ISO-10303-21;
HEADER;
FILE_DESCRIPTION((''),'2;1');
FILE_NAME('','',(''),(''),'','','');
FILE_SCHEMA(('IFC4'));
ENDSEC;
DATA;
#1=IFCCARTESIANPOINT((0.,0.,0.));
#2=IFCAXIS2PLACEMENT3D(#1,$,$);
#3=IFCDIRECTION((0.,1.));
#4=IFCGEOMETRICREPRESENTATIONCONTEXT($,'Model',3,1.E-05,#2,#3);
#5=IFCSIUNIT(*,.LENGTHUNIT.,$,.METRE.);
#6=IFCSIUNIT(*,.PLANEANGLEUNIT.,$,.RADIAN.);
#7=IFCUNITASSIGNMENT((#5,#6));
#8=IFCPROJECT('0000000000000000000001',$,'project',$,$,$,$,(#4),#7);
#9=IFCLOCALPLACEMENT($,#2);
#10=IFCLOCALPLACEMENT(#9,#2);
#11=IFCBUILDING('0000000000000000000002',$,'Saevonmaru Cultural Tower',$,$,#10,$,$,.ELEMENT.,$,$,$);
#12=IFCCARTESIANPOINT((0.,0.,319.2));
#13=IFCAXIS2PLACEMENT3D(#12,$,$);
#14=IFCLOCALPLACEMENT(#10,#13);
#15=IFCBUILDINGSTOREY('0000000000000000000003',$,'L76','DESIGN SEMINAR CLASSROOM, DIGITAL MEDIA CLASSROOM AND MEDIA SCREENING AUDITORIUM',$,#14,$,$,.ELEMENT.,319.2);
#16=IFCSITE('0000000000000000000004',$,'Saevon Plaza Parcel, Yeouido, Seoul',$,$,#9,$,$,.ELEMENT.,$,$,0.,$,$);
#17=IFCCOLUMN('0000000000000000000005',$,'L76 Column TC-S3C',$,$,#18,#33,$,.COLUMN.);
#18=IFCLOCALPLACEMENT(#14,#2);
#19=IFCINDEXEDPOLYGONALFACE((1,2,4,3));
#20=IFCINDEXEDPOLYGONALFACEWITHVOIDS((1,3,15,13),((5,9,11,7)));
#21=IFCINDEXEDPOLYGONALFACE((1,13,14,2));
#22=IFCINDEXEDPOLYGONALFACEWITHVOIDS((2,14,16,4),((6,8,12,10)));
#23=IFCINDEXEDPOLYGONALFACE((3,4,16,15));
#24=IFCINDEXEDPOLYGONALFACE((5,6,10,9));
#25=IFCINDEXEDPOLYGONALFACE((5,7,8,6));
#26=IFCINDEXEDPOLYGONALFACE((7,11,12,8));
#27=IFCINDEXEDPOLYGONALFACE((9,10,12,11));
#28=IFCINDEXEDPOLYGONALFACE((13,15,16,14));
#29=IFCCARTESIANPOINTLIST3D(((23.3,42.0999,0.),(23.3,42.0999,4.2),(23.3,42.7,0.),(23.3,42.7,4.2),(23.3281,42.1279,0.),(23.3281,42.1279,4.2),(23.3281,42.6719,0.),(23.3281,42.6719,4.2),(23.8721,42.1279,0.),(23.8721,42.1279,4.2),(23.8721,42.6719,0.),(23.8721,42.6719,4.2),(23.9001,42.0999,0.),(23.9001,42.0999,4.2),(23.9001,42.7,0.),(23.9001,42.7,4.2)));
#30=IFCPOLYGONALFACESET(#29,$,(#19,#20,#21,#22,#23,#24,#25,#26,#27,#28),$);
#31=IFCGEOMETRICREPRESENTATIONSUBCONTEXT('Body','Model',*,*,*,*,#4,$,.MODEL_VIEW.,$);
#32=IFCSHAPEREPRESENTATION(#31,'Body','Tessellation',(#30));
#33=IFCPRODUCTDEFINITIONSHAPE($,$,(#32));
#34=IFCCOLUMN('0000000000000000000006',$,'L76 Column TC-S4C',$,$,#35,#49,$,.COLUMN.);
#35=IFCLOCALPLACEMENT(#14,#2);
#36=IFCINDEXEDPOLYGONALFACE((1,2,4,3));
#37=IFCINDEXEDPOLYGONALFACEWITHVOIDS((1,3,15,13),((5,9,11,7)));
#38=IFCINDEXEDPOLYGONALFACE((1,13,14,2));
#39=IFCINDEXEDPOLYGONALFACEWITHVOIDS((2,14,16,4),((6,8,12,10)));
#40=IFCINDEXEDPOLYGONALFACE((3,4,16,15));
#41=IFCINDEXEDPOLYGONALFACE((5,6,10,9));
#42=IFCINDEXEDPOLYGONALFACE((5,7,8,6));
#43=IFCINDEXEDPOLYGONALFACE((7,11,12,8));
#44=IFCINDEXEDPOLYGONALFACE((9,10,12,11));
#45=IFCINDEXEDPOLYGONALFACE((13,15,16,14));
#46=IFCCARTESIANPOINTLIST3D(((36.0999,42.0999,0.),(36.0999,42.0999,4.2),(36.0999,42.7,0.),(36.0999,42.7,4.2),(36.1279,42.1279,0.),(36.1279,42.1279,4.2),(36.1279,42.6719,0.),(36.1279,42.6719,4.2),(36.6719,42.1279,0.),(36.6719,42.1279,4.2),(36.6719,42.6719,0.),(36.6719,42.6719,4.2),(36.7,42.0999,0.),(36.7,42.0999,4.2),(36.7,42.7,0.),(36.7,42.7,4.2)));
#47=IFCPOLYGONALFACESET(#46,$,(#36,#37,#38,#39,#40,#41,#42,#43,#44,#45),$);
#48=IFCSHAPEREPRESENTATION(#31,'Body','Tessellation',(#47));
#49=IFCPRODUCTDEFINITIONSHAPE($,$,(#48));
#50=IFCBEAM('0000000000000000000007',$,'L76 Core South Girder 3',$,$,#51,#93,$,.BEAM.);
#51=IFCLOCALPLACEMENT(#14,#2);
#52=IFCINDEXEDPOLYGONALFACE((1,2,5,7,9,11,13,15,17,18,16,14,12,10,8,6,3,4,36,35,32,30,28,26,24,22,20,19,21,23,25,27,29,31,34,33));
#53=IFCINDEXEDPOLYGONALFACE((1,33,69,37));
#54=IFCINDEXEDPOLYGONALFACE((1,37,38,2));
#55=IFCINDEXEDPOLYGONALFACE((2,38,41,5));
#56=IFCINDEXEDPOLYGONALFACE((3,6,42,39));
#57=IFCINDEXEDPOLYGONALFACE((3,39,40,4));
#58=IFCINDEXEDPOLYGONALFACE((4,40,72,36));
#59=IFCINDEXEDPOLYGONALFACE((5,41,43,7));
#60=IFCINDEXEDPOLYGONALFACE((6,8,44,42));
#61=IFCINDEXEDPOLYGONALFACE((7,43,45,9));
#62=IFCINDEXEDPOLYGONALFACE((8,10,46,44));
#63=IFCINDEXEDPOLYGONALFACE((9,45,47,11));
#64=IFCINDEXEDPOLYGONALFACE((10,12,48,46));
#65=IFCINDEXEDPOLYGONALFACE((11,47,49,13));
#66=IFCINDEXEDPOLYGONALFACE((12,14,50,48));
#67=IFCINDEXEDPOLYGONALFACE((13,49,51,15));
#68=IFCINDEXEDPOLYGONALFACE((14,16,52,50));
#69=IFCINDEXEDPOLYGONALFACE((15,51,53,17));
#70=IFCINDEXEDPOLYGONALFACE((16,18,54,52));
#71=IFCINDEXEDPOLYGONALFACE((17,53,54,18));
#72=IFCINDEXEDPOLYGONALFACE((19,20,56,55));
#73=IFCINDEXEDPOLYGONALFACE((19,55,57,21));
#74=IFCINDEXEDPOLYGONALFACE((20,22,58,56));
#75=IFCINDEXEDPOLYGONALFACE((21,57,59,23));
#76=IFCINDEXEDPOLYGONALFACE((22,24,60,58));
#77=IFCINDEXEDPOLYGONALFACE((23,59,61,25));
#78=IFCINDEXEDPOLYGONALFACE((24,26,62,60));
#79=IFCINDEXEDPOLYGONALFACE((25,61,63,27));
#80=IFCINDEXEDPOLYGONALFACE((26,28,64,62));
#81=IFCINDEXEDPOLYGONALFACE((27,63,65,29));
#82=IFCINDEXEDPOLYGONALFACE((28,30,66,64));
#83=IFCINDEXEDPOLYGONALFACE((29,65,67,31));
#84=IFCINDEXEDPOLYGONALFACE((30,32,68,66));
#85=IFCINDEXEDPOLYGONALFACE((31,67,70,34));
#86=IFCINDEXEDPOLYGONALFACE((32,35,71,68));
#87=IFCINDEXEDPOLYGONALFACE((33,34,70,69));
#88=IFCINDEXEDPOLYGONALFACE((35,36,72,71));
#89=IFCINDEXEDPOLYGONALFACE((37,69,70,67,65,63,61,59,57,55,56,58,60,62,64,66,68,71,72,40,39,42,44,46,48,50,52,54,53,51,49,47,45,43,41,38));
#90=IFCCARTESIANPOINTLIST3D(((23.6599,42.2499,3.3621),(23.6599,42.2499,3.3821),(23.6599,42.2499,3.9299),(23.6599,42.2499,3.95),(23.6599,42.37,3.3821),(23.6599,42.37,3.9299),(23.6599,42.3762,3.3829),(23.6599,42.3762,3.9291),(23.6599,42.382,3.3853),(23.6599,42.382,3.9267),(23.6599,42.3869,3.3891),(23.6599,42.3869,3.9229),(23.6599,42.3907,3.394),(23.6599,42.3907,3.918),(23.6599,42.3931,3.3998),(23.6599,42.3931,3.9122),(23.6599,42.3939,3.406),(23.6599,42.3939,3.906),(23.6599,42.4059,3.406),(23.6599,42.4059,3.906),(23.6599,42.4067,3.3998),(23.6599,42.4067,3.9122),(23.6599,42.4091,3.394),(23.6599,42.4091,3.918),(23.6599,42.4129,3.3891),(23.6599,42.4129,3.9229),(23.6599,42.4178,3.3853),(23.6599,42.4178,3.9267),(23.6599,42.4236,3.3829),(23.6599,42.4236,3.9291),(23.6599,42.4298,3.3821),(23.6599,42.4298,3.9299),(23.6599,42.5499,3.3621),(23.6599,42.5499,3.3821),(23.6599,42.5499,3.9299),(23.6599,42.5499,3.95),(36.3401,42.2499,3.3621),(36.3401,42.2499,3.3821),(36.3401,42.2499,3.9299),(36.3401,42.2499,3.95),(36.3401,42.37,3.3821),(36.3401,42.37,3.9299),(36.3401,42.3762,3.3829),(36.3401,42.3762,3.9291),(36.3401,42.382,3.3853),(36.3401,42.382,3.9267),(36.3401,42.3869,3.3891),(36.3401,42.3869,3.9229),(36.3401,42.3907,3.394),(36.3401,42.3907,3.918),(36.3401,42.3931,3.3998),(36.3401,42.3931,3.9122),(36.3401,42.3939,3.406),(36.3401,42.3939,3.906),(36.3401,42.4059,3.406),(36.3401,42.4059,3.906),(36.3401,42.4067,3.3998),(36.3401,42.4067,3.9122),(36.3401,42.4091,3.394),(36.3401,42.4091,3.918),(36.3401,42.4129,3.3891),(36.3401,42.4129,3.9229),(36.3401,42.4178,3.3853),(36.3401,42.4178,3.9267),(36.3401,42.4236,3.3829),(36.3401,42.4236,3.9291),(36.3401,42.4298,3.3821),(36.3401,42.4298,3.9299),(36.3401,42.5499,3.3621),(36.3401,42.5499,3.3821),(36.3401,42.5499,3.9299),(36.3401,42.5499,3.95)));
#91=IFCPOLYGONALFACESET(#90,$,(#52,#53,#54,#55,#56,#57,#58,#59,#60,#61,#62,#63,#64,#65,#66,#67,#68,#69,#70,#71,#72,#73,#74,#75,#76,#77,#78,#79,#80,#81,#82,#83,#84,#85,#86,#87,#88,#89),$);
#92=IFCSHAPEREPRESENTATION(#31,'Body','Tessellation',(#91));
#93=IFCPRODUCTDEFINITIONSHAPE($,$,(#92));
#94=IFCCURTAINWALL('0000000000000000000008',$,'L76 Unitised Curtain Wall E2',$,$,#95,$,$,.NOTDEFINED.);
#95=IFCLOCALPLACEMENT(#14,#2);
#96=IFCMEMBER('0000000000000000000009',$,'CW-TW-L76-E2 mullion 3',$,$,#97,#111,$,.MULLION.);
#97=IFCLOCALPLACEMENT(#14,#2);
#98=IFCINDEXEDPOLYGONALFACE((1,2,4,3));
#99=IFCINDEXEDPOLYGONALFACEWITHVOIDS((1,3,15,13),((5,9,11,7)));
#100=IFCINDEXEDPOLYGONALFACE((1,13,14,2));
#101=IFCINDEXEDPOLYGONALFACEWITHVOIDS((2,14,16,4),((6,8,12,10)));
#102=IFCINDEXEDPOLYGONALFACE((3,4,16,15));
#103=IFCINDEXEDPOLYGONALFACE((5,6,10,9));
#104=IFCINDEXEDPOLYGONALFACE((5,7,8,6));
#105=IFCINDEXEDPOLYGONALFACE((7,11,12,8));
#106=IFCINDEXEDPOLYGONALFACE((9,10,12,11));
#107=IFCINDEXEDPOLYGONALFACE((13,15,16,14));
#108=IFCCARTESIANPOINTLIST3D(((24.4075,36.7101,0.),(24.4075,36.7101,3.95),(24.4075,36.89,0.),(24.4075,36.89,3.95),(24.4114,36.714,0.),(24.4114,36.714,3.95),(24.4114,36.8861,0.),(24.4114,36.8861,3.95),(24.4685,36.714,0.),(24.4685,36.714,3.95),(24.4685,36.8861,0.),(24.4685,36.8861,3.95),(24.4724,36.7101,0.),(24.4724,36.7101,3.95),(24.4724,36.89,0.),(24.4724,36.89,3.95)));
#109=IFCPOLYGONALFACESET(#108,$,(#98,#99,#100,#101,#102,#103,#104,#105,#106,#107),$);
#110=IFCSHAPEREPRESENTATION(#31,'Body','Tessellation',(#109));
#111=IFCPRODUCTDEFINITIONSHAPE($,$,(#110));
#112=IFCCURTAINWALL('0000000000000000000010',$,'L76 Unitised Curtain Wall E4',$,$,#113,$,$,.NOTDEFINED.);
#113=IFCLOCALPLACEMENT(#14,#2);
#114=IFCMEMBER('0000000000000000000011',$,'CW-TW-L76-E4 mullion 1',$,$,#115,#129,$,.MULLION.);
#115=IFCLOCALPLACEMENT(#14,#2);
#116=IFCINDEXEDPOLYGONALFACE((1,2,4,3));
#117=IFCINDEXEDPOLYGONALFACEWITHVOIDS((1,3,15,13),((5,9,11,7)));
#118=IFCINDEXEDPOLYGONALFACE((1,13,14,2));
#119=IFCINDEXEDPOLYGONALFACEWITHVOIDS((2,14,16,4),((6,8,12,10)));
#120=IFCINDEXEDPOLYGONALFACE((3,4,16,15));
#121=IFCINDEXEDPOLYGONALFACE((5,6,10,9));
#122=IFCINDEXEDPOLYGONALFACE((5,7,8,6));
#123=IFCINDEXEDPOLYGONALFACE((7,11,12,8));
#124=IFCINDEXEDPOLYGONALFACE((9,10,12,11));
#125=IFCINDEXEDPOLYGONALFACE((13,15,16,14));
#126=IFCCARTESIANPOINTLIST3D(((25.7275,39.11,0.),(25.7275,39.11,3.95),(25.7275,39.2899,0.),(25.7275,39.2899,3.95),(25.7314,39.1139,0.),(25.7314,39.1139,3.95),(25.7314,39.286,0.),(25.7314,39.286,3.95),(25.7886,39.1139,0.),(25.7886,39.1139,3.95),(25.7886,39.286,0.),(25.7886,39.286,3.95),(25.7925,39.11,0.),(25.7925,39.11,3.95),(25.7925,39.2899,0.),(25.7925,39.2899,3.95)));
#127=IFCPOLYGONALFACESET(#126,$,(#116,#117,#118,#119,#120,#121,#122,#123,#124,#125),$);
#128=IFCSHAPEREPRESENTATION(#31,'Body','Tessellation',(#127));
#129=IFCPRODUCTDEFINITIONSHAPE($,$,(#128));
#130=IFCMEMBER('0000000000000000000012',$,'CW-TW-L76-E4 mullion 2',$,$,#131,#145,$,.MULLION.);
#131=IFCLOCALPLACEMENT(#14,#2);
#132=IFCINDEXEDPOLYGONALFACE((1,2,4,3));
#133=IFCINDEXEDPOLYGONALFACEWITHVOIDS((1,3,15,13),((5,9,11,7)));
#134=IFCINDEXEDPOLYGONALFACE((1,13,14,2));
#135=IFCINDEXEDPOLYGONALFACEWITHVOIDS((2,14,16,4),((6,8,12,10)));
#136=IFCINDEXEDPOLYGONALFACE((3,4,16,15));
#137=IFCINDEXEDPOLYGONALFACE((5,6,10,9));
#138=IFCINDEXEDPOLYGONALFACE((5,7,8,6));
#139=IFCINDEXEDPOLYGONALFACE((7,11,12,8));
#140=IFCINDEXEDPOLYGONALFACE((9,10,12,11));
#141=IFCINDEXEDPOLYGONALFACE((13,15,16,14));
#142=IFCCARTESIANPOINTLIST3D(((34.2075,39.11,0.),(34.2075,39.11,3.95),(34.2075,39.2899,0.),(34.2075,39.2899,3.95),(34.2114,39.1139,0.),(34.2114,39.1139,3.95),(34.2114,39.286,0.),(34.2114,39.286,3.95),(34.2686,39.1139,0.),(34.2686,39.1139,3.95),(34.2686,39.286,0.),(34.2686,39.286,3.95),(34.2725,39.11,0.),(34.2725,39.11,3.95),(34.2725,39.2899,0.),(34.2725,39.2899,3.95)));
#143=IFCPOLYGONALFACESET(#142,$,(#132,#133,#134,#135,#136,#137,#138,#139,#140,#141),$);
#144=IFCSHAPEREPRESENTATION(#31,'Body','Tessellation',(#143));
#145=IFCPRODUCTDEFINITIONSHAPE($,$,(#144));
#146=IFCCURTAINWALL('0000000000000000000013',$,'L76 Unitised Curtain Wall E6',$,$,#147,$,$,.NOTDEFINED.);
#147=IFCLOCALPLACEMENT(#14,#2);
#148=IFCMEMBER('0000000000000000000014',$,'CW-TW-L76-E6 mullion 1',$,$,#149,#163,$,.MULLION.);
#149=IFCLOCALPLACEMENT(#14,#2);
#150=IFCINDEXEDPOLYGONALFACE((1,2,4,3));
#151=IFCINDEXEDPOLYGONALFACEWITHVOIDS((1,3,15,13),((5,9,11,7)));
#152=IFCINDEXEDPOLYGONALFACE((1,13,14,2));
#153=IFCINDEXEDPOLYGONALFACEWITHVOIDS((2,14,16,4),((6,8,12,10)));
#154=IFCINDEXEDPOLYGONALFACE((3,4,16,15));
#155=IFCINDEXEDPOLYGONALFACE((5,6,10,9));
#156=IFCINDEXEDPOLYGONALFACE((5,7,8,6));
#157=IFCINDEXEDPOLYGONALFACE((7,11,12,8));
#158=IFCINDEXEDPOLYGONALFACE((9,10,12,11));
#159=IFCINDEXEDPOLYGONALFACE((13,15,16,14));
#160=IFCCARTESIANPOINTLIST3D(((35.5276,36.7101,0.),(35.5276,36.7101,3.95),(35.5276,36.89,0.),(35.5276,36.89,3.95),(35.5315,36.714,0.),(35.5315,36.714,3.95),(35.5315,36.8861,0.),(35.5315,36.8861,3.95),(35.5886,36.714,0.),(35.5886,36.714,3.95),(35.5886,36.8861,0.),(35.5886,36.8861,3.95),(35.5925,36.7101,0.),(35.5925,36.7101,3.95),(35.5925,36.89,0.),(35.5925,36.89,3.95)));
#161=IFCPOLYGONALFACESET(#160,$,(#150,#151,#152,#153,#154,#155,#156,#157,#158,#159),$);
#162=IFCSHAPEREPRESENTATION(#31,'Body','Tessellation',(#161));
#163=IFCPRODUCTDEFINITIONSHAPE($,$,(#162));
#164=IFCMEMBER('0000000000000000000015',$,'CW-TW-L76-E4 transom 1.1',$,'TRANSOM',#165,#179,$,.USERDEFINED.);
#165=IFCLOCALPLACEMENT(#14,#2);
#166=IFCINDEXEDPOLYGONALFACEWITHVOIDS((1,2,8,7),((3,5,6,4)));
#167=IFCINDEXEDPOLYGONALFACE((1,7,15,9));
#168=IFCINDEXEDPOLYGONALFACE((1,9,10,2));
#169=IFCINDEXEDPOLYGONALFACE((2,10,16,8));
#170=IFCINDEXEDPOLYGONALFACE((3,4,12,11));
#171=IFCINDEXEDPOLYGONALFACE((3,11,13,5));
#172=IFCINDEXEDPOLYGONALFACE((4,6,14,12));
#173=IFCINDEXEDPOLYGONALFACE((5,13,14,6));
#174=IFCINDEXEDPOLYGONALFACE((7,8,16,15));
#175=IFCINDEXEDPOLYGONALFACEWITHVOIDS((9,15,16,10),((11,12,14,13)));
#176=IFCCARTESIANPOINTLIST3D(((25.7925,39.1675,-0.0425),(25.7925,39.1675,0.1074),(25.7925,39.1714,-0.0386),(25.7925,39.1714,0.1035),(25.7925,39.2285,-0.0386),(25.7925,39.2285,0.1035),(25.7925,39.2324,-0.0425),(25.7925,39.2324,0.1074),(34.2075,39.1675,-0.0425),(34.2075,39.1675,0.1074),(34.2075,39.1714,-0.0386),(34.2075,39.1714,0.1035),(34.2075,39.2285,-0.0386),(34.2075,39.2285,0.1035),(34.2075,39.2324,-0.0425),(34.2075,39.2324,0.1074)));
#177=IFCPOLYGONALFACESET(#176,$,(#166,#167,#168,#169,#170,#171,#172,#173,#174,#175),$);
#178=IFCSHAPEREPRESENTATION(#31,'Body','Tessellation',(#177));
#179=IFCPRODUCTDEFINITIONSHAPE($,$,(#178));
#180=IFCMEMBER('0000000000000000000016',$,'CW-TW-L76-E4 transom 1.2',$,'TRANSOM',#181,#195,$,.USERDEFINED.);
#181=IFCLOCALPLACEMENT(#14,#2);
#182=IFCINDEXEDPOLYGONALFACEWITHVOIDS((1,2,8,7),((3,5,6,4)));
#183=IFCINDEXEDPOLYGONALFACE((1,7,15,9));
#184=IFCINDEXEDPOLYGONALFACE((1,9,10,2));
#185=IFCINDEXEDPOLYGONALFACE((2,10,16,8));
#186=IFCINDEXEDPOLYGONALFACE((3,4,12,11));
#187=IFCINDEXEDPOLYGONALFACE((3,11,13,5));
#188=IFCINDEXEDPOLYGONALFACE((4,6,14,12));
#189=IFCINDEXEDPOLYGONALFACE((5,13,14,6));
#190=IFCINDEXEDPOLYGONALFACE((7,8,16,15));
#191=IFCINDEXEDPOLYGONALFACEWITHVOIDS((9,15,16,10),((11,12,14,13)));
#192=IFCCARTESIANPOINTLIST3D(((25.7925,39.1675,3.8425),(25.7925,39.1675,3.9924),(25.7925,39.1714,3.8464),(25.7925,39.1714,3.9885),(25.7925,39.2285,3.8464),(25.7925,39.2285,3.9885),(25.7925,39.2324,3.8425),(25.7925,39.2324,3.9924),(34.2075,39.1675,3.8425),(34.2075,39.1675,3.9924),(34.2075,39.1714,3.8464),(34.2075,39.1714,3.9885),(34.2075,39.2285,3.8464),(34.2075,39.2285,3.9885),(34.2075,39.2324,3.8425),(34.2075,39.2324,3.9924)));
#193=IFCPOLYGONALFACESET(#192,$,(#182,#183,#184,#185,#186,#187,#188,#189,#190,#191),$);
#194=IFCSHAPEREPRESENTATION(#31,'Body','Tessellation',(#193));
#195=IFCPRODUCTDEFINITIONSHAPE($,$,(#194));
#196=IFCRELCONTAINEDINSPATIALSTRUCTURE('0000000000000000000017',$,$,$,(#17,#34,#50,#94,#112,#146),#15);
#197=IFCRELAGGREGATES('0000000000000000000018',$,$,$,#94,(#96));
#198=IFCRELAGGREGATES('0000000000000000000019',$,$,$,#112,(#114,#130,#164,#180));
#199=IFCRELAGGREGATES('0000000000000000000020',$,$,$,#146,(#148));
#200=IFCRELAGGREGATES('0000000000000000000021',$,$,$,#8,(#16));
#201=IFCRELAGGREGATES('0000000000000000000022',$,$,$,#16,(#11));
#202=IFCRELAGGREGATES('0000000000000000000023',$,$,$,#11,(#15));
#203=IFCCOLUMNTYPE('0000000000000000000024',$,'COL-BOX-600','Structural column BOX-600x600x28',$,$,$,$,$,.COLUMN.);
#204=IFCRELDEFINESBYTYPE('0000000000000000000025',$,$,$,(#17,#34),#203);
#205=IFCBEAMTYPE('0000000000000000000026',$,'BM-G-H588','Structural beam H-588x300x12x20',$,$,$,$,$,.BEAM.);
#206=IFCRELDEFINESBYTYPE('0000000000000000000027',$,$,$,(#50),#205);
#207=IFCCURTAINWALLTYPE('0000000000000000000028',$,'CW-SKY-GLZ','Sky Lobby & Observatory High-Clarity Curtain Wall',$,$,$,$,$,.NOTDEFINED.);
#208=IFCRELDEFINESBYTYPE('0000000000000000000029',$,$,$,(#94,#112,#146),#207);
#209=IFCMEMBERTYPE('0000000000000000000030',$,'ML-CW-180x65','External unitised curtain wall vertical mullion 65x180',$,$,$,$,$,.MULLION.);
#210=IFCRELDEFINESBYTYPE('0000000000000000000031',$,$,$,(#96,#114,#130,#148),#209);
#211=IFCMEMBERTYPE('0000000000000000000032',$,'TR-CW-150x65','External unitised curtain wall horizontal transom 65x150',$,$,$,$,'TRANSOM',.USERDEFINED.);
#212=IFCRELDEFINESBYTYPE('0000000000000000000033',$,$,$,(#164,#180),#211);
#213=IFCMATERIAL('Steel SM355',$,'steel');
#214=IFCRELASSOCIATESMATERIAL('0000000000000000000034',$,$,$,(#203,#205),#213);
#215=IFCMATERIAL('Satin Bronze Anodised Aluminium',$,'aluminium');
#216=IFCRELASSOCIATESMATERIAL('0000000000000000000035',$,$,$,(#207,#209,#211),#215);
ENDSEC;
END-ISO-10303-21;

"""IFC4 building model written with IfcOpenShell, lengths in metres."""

from ifc_helpers import new_model, si_unit, direction, frame, origin, origin_2d, place, context, subcontext, project, spatial, hollow_rectangle, i_section, extrude, material, material_profile, profile_set, type_object, element, aggregate, save


model = new_model("IFC4")

# Units and contexts
model_context = context("Model", 3, precision=1e-05, world=origin(), true_north=direction((0.0, 1.0)))
body_context = subcontext(model_context, "Body", "Model", "MODEL_VIEW")
ifc_project = project(units=[si_unit("LENGTHUNIT", "METRE"), si_unit("PLANEANGLEUNIT", "RADIAN")], contexts=[model_context])

# Site, building, storey
site_placement = place(None, origin())
site = spatial("IfcSite", under=ifc_project, at=site_placement, Name="Saevon Plaza Parcel, Yeouido, Seoul", CompositionType="ELEMENT", RefElevation=0.0)
building_placement = place(site_placement, origin())
building = spatial("IfcBuilding", under=site, at=building_placement, Name="Saevonmaru Cultural Tower", CompositionType="ELEMENT")
storey_placement = place(building_placement, frame((0.0, 0.0, 319.2)))
storey = spatial("IfcBuildingStorey", under=building, at=storey_placement, Name="L76", Description="DESIGN SEMINAR CLASSROOM, DIGITAL MEDIA CLASSROOM AND MEDIA SCREENING AUDITORIUM", CompositionType="ELEMENT", Elevation=319.2)

# Columns
ifc_material_1 = material(Name="Steel SM355", Category="steel")
ifc_material_profile_1 = material_profile(ifc_material_1, hollow_rectangle(XDim=0.6001, YDim=0.6001, WallThickness=0.0281, at=origin_2d()), Name="BOX-600x600x28")
ifc_profile_set_1 = profile_set([ifc_material_profile_1], Name="Steel SM355")
column_type = type_object("IfcColumnType", Name="COL-BOX-600", Description="Structural column BOX-600x600x28", PredefinedType="COLUMN", material=ifc_profile_set_1)
for number, where, z_axis, x_axis, name in (
    (1, (23.6001, 42.3999, 0.0), (0.0, 0.0, 1.0), (1.0, 0.0, 0.0), "L76 Column TC-S3C"),
    (2, (36.3999, 42.3999, 0.0), (0.0, 0.0, 1.0), (1.0, 0.0, 0.0), "L76 Column TC-S4C"),
):
    element("IfcColumn", number, at=place(storey_placement, frame(where, z_axis=z_axis, x_axis=x_axis)), inside=storey, type_object=column_type, Name=name, PredefinedType="COLUMN", context=body_context, shape_type="SweptSolid", body=[
        extrude(hollow_rectangle(XDim=0.6001, YDim=0.6001, WallThickness=0.0281, at=origin_2d()), origin(), (0.0, 0.0, 1.0), 4.2),
    ])

# Beam
ifc_material_profile_2 = material_profile(ifc_material_1, i_section(OverallWidth=0.3, OverallDepth=0.5879, WebThickness=0.012, FlangeThickness=0.02, FilletRadius=0.0239, at=origin_2d()), Name="H-588x300x12x20")
ifc_profile_set_2 = profile_set([ifc_material_profile_2], Name="Steel SM355")
beam_type = type_object("IfcBeamType", Name="BM-G-H588", Description="Structural beam H-588x300x12x20", PredefinedType="BEAM", material=ifc_profile_set_2)
beam_placement = place(storey_placement, frame((23.6599, 42.3999, 3.656), z_axis=(1.0, 0.0, 0.0), x_axis=(0.0, 1.0, 0.0)))
element("IfcBeam", 3, at=beam_placement, inside=storey, type_object=beam_type, Name="L76 Core South Girder 3", PredefinedType="BEAM", context=body_context, shape_type="SweptSolid", body=[
    extrude(i_section(OverallWidth=0.3, OverallDepth=0.5879, WebThickness=0.012, FlangeThickness=0.02, FilletRadius=0.0239, at=origin_2d()), origin(), (0.0, 0.0, 1.0), 12.6802),
])

# Curtain wall, member
ifc_material_2 = material(Name="Satin Bronze Anodised Aluminium", Category="aluminium")
curtain_wall_type = type_object("IfcCurtainWallType", Name="CW-SKY-GLZ", Description="Sky Lobby & Observatory High-Clarity Curtain Wall", PredefinedType="NOTDEFINED", material=ifc_material_2)
curtain_wall_1_placement = place(storey_placement, origin())
curtain_wall_1 = element("IfcCurtainWall", 4, at=curtain_wall_1_placement, inside=storey, type_object=curtain_wall_type, Name="L76 Unitised Curtain Wall E2", PredefinedType="NOTDEFINED")
ifc_material_profile_3 = material_profile(ifc_material_2, hollow_rectangle(XDim=0.0649, YDim=0.1799, WallThickness=0.0039, at=origin_2d()), Name="ALU-MULL-180x65x4")
ifc_profile_set_3 = profile_set([ifc_material_profile_3], Name="Satin Bronze Anodised Aluminium")
member_type_1 = type_object("IfcMemberType", Name="ML-CW-180x65", Description="External unitised curtain wall vertical mullion 65x180", PredefinedType="MULLION", material=ifc_profile_set_3)
member_1_placement = place(storey_placement, frame((24.4399, 36.8, 0.0), z_axis=(0.0, 0.0, 1.0), x_axis=(1.0, 0.0, 0.0)))
member_1 = element("IfcMember", 5, at=member_1_placement, type_object=member_type_1, Name="CW-TW-L76-E2 mullion 3", PredefinedType="MULLION", context=body_context, shape_type="SweptSolid", body=[
    extrude(hollow_rectangle(XDim=0.0649, YDim=0.1799, WallThickness=0.0039, at=origin_2d()), origin(), (0.0, 0.0, 1.0), 3.95),
])
aggregate(curtain_wall_1, [member_1])

# Curtain wall, members
curtain_wall_2_placement = place(storey_placement, origin())
curtain_wall_2 = element("IfcCurtainWall", 6, at=curtain_wall_2_placement, inside=storey, type_object=curtain_wall_type, Name="L76 Unitised Curtain Wall E4", PredefinedType="NOTDEFINED")
member_2_placement = place(storey_placement, frame((25.76, 39.2, 0.0), z_axis=(0.0, 0.0, 1.0), x_axis=(1.0, 0.0, 0.0)))
member_2 = element("IfcMember", 7, at=member_2_placement, type_object=member_type_1, Name="CW-TW-L76-E4 mullion 1", PredefinedType="MULLION", context=body_context, shape_type="SweptSolid", body=[
    extrude(hollow_rectangle(XDim=0.0649, YDim=0.1799, WallThickness=0.0039, at=origin_2d()), origin(), (0.0, 0.0, 1.0), 3.95),
])
member_3_placement = place(storey_placement, frame((34.24, 39.2, 0.0), z_axis=(0.0, 0.0, 1.0), x_axis=(1.0, 0.0, 0.0)))
member_3 = element("IfcMember", 8, at=member_3_placement, type_object=member_type_1, Name="CW-TW-L76-E4 mullion 2", PredefinedType="MULLION", context=body_context, shape_type="SweptSolid", body=[
    extrude(hollow_rectangle(XDim=0.0649, YDim=0.1799, WallThickness=0.0039, at=origin_2d()), origin(), (0.0, 0.0, 1.0), 3.95),
])

# Curtain wall, member
curtain_wall_3_placement = place(storey_placement, origin())
curtain_wall_3 = element("IfcCurtainWall", 9, at=curtain_wall_3_placement, inside=storey, type_object=curtain_wall_type, Name="L76 Unitised Curtain Wall E6", PredefinedType="NOTDEFINED")
member_4_placement = place(storey_placement, frame((35.5601, 36.8, 0.0), z_axis=(0.0, 0.0, 1.0), x_axis=(1.0, 0.0, 0.0)))
member_4 = element("IfcMember", 10, at=member_4_placement, type_object=member_type_1, Name="CW-TW-L76-E6 mullion 1", PredefinedType="MULLION", context=body_context, shape_type="SweptSolid", body=[
    extrude(hollow_rectangle(XDim=0.0649, YDim=0.1799, WallThickness=0.0039, at=origin_2d()), origin(), (0.0, 0.0, 1.0), 3.95),
])

# Members
ifc_material_profile_4 = material_profile(ifc_material_2, hollow_rectangle(XDim=0.0649, YDim=0.1499, WallThickness=0.0039, at=origin_2d()), Name="ALU-TRAN-150x65x4")
ifc_profile_set_4 = profile_set([ifc_material_profile_4], Name="Satin Bronze Anodised Aluminium")
member_type_2 = type_object("IfcMemberType", Name="TR-CW-150x65", Description="External unitised curtain wall horizontal transom 65x150", ElementType="TRANSOM", PredefinedType="USERDEFINED", material=ifc_profile_set_4)
member_5_placement = place(storey_placement, frame((25.7925, 39.2, 0.0325), z_axis=(1.0, 0.0, 0.0), x_axis=(0.0, 1.0, 0.0)))
member_5 = element("IfcMember", 11, at=member_5_placement, type_object=member_type_2, Name="CW-TW-L76-E4 transom 1.1", ObjectType="TRANSOM", PredefinedType="USERDEFINED", context=body_context, shape_type="SweptSolid", body=[
    extrude(hollow_rectangle(XDim=0.0649, YDim=0.1499, WallThickness=0.0039, at=origin_2d()), origin(), (0.0, 0.0, 1.0), 8.415),
])
member_6_placement = place(storey_placement, frame((25.7925, 39.2, 3.9175), z_axis=(1.0, 0.0, 0.0), x_axis=(0.0, 1.0, 0.0)))
member_6 = element("IfcMember", 12, at=member_6_placement, type_object=member_type_2, Name="CW-TW-L76-E4 transom 1.2", ObjectType="TRANSOM", PredefinedType="USERDEFINED", context=body_context, shape_type="SweptSolid", body=[
    extrude(hollow_rectangle(XDim=0.0649, YDim=0.1499, WallThickness=0.0039, at=origin_2d()), origin(), (0.0, 0.0, 1.0), 8.415),
])

aggregate(curtain_wall_2, [member_2, member_3, member_5, member_6])
aggregate(curtain_wall_3, [member_4])

save(model, "model.ifc")
